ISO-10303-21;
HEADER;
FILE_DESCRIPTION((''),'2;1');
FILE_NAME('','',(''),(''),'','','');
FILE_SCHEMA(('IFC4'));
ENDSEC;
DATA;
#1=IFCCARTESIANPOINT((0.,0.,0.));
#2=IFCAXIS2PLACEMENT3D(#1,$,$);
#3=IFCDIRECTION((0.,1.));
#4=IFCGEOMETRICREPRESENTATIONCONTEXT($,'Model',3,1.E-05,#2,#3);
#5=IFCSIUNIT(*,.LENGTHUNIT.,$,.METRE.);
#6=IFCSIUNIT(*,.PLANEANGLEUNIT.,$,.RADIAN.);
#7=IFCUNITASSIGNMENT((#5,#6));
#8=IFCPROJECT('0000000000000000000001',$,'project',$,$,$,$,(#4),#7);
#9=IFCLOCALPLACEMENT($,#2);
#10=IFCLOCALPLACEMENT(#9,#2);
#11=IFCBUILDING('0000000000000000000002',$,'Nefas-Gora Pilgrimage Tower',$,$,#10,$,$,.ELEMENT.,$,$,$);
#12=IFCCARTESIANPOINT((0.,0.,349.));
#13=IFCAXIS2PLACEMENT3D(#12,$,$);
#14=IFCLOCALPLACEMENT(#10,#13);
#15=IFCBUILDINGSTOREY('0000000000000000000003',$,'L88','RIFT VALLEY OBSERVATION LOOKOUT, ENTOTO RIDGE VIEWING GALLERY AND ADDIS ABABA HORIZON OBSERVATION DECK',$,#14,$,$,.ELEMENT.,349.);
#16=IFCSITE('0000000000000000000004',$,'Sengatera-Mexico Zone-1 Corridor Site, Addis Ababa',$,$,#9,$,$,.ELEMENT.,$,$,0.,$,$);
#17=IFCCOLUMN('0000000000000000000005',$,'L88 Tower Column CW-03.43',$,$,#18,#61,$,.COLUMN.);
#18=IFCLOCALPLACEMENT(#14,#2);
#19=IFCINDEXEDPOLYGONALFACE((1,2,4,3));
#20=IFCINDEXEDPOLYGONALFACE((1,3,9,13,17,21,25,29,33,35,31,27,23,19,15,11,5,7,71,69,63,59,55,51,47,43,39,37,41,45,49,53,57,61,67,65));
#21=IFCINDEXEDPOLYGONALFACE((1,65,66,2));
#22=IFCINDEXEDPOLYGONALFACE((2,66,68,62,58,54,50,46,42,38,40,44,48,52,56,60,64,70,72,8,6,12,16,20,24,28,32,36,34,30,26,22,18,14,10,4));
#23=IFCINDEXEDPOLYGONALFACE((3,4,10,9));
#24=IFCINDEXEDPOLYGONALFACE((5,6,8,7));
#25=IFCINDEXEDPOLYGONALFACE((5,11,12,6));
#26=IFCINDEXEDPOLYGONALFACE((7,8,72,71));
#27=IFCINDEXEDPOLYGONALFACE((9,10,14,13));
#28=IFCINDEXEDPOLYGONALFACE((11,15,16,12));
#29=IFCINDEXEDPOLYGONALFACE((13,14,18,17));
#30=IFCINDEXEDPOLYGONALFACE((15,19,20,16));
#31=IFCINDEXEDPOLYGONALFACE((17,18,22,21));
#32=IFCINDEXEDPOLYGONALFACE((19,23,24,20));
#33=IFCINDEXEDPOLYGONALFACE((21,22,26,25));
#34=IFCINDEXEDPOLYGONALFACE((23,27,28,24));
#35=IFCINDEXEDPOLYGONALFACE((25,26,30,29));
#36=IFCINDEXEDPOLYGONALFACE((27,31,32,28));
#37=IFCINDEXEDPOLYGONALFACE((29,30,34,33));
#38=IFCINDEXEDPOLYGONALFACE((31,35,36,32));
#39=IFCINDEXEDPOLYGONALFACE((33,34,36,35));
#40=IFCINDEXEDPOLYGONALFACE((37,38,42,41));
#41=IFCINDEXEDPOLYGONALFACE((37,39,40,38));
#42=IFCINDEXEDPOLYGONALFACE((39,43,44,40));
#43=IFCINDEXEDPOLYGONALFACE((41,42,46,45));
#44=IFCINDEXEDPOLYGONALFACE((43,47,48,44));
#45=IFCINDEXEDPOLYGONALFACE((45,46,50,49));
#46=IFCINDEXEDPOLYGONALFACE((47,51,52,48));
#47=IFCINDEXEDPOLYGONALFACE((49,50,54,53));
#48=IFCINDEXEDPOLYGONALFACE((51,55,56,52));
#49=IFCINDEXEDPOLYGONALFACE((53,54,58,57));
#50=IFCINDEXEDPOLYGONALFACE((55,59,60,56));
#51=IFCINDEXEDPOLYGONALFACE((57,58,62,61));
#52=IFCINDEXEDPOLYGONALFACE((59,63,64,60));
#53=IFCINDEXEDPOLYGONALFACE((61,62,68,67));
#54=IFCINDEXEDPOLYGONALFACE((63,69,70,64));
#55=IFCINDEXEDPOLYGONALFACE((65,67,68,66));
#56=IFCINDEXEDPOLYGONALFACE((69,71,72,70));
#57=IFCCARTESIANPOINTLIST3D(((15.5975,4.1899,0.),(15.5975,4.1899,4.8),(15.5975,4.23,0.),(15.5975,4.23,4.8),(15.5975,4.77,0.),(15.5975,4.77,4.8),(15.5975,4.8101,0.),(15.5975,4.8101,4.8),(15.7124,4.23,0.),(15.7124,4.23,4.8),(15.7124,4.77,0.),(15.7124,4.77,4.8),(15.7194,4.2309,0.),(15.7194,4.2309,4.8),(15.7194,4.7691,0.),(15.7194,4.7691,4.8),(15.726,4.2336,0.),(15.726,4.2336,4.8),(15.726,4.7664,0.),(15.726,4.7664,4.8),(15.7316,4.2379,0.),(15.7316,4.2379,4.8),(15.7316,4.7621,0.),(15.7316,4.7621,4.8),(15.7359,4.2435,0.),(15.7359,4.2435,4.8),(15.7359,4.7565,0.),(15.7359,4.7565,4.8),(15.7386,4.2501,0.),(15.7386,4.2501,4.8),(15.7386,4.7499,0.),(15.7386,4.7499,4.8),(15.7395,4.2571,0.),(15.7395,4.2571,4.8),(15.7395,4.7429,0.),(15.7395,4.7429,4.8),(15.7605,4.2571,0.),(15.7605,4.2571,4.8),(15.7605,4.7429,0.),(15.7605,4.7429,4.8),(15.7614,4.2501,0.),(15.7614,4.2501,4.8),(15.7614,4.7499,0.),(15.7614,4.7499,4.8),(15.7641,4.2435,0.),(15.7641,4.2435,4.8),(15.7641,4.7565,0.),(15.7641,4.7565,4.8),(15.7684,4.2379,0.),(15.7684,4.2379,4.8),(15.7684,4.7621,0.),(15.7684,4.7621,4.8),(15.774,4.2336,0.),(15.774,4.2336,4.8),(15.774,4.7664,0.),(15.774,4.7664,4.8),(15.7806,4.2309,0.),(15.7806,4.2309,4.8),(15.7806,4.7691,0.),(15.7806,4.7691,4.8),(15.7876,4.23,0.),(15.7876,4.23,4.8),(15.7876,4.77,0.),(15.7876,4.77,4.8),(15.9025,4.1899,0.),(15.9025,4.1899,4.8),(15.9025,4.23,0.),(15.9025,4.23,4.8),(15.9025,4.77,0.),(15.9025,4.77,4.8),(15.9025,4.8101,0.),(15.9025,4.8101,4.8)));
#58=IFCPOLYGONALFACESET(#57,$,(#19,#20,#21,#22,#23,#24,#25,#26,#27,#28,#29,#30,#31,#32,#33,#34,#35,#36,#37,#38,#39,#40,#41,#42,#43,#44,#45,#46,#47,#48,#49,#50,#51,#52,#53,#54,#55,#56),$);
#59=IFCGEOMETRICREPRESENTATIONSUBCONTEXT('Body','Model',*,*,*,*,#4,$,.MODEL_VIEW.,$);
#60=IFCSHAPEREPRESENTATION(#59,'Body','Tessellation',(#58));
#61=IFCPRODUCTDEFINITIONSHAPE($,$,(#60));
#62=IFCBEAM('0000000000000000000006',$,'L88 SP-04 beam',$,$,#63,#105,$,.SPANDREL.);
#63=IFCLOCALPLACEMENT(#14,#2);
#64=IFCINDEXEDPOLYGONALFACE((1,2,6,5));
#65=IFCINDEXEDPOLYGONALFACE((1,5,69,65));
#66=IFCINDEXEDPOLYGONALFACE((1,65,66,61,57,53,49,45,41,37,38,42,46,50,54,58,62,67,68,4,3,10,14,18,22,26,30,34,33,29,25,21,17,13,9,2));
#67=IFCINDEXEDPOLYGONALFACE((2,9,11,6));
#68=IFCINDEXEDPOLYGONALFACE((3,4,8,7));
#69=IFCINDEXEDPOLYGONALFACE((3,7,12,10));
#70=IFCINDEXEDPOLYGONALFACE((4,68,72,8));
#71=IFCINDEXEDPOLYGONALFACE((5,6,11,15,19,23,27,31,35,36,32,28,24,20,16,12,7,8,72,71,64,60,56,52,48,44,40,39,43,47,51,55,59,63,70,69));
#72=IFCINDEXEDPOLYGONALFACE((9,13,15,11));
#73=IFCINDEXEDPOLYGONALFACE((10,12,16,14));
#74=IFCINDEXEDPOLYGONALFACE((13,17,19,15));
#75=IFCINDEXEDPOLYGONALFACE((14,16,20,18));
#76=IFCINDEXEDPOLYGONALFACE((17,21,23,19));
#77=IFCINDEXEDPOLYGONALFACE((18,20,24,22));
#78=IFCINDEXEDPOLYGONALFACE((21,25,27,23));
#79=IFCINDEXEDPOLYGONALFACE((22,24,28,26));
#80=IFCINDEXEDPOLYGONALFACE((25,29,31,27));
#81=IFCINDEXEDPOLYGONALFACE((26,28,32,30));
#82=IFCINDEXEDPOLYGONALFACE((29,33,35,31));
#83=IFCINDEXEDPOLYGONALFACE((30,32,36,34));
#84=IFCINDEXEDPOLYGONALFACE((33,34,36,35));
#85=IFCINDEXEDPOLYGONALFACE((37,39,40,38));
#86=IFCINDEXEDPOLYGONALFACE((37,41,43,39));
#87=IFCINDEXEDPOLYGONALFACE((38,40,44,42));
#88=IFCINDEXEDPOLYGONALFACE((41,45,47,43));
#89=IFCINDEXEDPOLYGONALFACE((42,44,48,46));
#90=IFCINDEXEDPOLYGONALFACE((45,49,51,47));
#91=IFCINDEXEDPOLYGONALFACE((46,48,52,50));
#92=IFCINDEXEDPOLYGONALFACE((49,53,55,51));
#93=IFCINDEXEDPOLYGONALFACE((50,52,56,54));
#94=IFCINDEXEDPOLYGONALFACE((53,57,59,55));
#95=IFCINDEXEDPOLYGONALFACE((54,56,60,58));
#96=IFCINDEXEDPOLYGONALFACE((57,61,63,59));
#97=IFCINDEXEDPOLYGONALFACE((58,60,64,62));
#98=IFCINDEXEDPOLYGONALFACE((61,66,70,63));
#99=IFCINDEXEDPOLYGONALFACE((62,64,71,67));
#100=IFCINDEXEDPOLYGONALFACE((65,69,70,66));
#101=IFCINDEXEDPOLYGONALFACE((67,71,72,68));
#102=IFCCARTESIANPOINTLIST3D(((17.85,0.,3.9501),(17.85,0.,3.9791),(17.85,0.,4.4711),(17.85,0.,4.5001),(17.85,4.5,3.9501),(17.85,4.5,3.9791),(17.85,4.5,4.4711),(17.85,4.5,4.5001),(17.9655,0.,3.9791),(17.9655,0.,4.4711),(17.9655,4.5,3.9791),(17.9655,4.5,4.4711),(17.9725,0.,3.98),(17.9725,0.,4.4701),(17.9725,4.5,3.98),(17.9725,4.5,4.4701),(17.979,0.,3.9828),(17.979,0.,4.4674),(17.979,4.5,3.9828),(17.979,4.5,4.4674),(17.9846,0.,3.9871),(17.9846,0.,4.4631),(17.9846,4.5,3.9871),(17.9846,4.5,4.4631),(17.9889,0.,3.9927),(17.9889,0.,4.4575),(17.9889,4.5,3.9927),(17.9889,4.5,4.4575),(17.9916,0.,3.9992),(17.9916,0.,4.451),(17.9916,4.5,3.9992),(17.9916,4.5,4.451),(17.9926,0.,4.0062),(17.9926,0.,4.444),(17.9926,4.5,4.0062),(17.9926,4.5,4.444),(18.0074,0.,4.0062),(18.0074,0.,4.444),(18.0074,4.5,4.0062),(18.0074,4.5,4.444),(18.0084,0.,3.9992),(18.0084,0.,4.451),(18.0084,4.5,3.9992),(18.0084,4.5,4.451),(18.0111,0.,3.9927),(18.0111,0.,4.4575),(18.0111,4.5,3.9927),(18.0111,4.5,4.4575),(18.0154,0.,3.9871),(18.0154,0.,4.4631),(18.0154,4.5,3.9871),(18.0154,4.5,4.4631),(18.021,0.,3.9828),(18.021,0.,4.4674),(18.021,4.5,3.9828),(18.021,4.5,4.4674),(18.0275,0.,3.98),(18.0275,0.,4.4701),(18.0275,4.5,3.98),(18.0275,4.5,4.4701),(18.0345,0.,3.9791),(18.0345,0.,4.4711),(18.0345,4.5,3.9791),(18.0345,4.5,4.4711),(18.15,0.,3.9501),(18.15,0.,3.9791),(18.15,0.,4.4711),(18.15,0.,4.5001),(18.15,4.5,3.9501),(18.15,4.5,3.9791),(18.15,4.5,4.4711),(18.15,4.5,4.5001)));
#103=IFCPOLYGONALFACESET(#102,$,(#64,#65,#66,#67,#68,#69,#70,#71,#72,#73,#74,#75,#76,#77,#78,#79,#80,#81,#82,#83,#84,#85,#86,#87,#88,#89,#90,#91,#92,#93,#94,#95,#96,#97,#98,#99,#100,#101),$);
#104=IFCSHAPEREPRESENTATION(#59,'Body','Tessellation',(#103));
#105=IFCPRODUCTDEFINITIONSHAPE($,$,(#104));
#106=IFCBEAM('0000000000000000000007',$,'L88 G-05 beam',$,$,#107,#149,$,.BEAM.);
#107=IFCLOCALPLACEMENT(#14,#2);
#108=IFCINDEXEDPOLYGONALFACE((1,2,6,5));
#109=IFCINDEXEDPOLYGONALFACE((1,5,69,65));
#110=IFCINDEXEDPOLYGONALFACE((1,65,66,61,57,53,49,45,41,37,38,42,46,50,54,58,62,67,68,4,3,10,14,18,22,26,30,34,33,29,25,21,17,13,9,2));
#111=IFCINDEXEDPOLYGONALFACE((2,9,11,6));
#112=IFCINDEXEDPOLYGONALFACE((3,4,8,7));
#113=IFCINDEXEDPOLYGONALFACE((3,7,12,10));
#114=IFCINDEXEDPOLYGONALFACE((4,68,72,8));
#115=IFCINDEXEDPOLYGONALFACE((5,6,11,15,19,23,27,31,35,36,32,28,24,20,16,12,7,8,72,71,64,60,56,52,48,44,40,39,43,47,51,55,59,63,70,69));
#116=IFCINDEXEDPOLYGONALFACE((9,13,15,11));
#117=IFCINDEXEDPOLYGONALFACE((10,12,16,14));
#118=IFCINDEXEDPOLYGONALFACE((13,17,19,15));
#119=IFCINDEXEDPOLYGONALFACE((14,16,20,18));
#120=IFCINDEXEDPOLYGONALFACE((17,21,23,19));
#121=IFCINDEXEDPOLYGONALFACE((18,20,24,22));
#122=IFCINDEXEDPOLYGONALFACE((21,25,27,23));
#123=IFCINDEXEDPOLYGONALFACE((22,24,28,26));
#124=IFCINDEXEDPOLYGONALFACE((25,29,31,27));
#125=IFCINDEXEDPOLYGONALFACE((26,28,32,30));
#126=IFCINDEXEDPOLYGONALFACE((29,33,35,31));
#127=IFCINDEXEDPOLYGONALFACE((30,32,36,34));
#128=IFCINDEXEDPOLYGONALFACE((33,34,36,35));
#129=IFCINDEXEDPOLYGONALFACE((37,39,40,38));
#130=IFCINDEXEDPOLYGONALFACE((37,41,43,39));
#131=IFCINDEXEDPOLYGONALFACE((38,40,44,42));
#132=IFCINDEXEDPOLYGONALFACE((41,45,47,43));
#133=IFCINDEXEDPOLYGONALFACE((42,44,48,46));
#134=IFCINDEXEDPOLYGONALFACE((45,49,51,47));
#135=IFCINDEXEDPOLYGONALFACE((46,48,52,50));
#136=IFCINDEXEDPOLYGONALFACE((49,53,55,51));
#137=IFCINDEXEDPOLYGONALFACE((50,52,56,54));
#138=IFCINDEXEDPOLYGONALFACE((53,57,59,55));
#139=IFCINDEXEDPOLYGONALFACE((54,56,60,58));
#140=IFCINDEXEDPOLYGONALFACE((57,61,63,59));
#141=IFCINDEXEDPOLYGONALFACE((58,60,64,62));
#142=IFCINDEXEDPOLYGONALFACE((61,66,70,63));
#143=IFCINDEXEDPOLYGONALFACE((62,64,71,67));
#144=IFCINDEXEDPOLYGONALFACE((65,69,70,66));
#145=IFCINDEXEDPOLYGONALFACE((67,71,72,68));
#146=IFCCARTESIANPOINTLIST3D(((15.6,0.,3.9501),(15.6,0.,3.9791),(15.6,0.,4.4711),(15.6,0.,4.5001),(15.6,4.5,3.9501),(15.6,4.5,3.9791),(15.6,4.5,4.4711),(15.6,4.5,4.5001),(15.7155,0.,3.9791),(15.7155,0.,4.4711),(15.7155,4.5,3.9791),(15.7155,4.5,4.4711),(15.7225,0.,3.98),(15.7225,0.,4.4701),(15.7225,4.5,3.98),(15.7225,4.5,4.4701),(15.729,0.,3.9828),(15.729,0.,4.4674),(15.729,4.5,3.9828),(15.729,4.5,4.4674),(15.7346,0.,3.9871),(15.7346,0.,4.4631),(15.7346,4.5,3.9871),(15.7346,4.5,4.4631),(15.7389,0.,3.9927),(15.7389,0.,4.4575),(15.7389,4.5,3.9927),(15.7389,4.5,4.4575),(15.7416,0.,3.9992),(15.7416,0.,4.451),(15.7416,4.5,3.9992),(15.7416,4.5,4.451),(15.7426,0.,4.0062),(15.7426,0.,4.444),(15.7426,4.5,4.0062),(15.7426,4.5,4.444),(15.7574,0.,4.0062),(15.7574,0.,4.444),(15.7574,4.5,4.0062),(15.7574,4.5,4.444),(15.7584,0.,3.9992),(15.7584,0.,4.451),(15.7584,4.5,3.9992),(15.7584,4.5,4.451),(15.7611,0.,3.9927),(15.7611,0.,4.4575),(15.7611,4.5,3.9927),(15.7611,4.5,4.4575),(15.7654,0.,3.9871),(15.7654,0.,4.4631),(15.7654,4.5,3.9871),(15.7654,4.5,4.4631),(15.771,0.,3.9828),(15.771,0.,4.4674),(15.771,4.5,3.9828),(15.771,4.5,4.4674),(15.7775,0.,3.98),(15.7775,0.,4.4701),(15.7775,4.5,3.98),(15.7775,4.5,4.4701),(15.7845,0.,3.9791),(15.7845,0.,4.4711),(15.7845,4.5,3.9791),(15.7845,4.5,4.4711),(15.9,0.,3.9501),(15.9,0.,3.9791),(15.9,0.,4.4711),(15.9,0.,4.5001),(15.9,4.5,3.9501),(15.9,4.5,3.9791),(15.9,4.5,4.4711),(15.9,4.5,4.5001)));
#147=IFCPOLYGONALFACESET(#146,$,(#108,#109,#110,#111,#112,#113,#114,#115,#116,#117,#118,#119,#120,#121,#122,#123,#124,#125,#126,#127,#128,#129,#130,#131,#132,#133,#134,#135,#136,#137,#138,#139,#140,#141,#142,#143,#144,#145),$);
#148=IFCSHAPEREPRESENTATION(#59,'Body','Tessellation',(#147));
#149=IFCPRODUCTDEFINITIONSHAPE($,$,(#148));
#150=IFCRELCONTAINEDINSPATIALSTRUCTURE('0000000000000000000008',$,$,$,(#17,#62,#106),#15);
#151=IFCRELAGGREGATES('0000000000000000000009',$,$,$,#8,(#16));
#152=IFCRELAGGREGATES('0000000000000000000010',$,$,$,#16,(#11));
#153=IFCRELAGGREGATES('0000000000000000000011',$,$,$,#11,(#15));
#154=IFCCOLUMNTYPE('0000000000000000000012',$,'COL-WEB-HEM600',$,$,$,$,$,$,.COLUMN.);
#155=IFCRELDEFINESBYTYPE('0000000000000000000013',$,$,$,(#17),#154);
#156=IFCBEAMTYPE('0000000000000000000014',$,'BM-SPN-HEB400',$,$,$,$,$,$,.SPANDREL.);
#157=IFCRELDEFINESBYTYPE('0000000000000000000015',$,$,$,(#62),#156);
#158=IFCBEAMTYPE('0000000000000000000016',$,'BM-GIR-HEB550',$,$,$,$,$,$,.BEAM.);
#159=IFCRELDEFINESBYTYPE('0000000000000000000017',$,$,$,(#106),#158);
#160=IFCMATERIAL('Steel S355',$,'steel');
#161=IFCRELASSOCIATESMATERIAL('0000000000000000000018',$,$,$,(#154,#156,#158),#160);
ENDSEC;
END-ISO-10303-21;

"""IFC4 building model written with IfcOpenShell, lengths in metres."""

from ifc_helpers import new_model, si_unit, direction, frame, origin, origin_2d, place, context, subcontext, project, spatial, i_section, extrude, source, transform, mapped, material, material_profile, profile_set, type_object, element, save


model = new_model("IFC4")

# Units and contexts
model_context = context("Model", 3, precision=1e-05, world=origin(), true_north=direction((0.0, 1.0)))
body_context = subcontext(model_context, "Body", "Model", "MODEL_VIEW")
ifc_project = project(units=[si_unit("LENGTHUNIT", "METRE"), si_unit("PLANEANGLEUNIT", "RADIAN")], contexts=[model_context])

# Site, building, storey
site_placement = place(None, origin())
site = spatial("IfcSite", under=ifc_project, at=site_placement, Name="Sengatera-Mexico Zone-1 Corridor Site, Addis Ababa", CompositionType="ELEMENT", RefElevation=0.0)
building_placement = place(site_placement, origin())
building = spatial("IfcBuilding", under=site, at=building_placement, Name="Nefas-Gora Pilgrimage Tower", CompositionType="ELEMENT")
storey_placement = place(building_placement, frame((0.0, 0.0, 349.0)))
storey = spatial("IfcBuildingStorey", under=building, at=storey_placement, Name="L88", Description="RIFT VALLEY OBSERVATION LOOKOUT, ENTOTO RIDGE VIEWING GALLERY AND ADDIS ABABA HORIZON OBSERVATION DECK", CompositionType="ELEMENT", Elevation=349.0)

# Column
ifc_material_1 = material(Name="Steel S355", Category="steel")
ifc_material_profile_1 = material_profile(ifc_material_1, i_section(OverallWidth=0.3049, OverallDepth=0.6201, WebThickness=0.021, FlangeThickness=0.04, FilletRadius=0.0271, at=origin_2d()), Name="HEM 600")
ifc_profile_set_1 = profile_set([ifc_material_profile_1], Name="Steel S355")
column_type_1 = type_object("IfcColumnType", Name="COL-WEB-HEM600", PredefinedType="COLUMN", material=ifc_profile_set_1)
shared_shape_1 = source(origin(), body_context, "Body", "SweptSolid", [
    extrude(i_section(OverallWidth=0.3049, OverallDepth=0.6201, WebThickness=0.021, FlangeThickness=0.04, FilletRadius=0.0271, at=origin_2d()), origin(), (0.0, 0.0, 1.0), 4.8),
])
for number, where, z_axis, x_axis, name in (
    (1, (15.75, 4.5, 0.0), (0.0, 0.0, 1.0), (1.0, 0.0, 0.0), "L88 Tower Column CW-03.43"),
):
    element("IfcColumn", number, at=place(storey_placement, frame(where, z_axis=z_axis, x_axis=x_axis)), inside=storey, type_object=column_type_1, Name=name, PredefinedType="COLUMN", context=body_context, shape_type="MappedRepresentation", body=[
        mapped(shared_shape_1, transform((0.0, 0.0, 0.0), x_axis=(1.0, 0.0, 0.0), y_axis=(0.0, 1.0, 0.0), z_axis=(0.0, 0.0, 1.0), scale=1.0)),
    ])

# Beams
ifc_material_profile_2 = material_profile(ifc_material_1, i_section(OverallWidth=0.3, OverallDepth=0.55, WebThickness=0.0149, FlangeThickness=0.0291, FilletRadius=0.0271, at=origin_2d()), Name="HEB 550")
ifc_profile_set_2 = profile_set([ifc_material_profile_2], Name="Steel S355")
beam_type_1 = type_object("IfcBeamType", Name="BM-SPN-HEB400", PredefinedType="SPANDREL", material=ifc_profile_set_2)
shared_shape_2 = source(origin(), body_context, "Body", "SweptSolid", [
    extrude(i_section(OverallWidth=0.3, OverallDepth=0.55, WebThickness=0.0149, FlangeThickness=0.0291, FilletRadius=0.0271, at=origin_2d()), origin(), (0.0, 0.0, 1.0), 4.5),
])
beam_placement = place(storey_placement, frame((18.0, 0.0, 4.2251), z_axis=(0.0, 1.0, 0.0), x_axis=(-1.0, 0.0, 0.0)))
element("IfcBeam", 2, at=beam_placement, inside=storey, type_object=beam_type_1, Name="L88 SP-04 beam", PredefinedType="SPANDREL", context=body_context, shape_type="MappedRepresentation", body=[
    mapped(shared_shape_2, transform((0.0, 0.0, 0.0), x_axis=(1.0, 0.0, 0.0), y_axis=(0.0, 1.0, 0.0), z_axis=(0.0, 0.0, 1.0), scale=1.0)),
])
ifc_material_profile_3 = material_profile(ifc_material_1, i_section(OverallWidth=0.3, OverallDepth=0.55, WebThickness=0.0149, FlangeThickness=0.0291, FilletRadius=0.0271, at=origin_2d()), Name="HEB 550")
ifc_profile_set_3 = profile_set([ifc_material_profile_3], Name="Steel S355")
beam_type_2 = type_object("IfcBeamType", Name="BM-GIR-HEB550", PredefinedType="BEAM", material=ifc_profile_set_3)
shared_shape_3 = source(origin(), body_context, "Body", "SweptSolid", [
    extrude(i_section(OverallWidth=0.3, OverallDepth=0.55, WebThickness=0.0149, FlangeThickness=0.0291, FilletRadius=0.0271, at=origin_2d()), origin(), (0.0, 0.0, 1.0), 4.5),
])
for number, where, z_axis, x_axis, name in (
    (3, (15.75, 0.0, 4.2251), (0.0, 1.0, 0.0), (-1.0, 0.0, 0.0), "L88 G-05 beam"),
):
    element("IfcBeam", number, at=place(storey_placement, frame(where, z_axis=z_axis, x_axis=x_axis)), inside=storey, type_object=beam_type_2, Name=name, PredefinedType="BEAM", context=body_context, shape_type="MappedRepresentation", body=[
        mapped(shared_shape_3, transform((0.0, 0.0, 0.0), x_axis=(1.0, 0.0, 0.0), y_axis=(0.0, 1.0, 0.0), z_axis=(0.0, 0.0, 1.0), scale=1.0)),
    ])

save(model, "model.ifc")
